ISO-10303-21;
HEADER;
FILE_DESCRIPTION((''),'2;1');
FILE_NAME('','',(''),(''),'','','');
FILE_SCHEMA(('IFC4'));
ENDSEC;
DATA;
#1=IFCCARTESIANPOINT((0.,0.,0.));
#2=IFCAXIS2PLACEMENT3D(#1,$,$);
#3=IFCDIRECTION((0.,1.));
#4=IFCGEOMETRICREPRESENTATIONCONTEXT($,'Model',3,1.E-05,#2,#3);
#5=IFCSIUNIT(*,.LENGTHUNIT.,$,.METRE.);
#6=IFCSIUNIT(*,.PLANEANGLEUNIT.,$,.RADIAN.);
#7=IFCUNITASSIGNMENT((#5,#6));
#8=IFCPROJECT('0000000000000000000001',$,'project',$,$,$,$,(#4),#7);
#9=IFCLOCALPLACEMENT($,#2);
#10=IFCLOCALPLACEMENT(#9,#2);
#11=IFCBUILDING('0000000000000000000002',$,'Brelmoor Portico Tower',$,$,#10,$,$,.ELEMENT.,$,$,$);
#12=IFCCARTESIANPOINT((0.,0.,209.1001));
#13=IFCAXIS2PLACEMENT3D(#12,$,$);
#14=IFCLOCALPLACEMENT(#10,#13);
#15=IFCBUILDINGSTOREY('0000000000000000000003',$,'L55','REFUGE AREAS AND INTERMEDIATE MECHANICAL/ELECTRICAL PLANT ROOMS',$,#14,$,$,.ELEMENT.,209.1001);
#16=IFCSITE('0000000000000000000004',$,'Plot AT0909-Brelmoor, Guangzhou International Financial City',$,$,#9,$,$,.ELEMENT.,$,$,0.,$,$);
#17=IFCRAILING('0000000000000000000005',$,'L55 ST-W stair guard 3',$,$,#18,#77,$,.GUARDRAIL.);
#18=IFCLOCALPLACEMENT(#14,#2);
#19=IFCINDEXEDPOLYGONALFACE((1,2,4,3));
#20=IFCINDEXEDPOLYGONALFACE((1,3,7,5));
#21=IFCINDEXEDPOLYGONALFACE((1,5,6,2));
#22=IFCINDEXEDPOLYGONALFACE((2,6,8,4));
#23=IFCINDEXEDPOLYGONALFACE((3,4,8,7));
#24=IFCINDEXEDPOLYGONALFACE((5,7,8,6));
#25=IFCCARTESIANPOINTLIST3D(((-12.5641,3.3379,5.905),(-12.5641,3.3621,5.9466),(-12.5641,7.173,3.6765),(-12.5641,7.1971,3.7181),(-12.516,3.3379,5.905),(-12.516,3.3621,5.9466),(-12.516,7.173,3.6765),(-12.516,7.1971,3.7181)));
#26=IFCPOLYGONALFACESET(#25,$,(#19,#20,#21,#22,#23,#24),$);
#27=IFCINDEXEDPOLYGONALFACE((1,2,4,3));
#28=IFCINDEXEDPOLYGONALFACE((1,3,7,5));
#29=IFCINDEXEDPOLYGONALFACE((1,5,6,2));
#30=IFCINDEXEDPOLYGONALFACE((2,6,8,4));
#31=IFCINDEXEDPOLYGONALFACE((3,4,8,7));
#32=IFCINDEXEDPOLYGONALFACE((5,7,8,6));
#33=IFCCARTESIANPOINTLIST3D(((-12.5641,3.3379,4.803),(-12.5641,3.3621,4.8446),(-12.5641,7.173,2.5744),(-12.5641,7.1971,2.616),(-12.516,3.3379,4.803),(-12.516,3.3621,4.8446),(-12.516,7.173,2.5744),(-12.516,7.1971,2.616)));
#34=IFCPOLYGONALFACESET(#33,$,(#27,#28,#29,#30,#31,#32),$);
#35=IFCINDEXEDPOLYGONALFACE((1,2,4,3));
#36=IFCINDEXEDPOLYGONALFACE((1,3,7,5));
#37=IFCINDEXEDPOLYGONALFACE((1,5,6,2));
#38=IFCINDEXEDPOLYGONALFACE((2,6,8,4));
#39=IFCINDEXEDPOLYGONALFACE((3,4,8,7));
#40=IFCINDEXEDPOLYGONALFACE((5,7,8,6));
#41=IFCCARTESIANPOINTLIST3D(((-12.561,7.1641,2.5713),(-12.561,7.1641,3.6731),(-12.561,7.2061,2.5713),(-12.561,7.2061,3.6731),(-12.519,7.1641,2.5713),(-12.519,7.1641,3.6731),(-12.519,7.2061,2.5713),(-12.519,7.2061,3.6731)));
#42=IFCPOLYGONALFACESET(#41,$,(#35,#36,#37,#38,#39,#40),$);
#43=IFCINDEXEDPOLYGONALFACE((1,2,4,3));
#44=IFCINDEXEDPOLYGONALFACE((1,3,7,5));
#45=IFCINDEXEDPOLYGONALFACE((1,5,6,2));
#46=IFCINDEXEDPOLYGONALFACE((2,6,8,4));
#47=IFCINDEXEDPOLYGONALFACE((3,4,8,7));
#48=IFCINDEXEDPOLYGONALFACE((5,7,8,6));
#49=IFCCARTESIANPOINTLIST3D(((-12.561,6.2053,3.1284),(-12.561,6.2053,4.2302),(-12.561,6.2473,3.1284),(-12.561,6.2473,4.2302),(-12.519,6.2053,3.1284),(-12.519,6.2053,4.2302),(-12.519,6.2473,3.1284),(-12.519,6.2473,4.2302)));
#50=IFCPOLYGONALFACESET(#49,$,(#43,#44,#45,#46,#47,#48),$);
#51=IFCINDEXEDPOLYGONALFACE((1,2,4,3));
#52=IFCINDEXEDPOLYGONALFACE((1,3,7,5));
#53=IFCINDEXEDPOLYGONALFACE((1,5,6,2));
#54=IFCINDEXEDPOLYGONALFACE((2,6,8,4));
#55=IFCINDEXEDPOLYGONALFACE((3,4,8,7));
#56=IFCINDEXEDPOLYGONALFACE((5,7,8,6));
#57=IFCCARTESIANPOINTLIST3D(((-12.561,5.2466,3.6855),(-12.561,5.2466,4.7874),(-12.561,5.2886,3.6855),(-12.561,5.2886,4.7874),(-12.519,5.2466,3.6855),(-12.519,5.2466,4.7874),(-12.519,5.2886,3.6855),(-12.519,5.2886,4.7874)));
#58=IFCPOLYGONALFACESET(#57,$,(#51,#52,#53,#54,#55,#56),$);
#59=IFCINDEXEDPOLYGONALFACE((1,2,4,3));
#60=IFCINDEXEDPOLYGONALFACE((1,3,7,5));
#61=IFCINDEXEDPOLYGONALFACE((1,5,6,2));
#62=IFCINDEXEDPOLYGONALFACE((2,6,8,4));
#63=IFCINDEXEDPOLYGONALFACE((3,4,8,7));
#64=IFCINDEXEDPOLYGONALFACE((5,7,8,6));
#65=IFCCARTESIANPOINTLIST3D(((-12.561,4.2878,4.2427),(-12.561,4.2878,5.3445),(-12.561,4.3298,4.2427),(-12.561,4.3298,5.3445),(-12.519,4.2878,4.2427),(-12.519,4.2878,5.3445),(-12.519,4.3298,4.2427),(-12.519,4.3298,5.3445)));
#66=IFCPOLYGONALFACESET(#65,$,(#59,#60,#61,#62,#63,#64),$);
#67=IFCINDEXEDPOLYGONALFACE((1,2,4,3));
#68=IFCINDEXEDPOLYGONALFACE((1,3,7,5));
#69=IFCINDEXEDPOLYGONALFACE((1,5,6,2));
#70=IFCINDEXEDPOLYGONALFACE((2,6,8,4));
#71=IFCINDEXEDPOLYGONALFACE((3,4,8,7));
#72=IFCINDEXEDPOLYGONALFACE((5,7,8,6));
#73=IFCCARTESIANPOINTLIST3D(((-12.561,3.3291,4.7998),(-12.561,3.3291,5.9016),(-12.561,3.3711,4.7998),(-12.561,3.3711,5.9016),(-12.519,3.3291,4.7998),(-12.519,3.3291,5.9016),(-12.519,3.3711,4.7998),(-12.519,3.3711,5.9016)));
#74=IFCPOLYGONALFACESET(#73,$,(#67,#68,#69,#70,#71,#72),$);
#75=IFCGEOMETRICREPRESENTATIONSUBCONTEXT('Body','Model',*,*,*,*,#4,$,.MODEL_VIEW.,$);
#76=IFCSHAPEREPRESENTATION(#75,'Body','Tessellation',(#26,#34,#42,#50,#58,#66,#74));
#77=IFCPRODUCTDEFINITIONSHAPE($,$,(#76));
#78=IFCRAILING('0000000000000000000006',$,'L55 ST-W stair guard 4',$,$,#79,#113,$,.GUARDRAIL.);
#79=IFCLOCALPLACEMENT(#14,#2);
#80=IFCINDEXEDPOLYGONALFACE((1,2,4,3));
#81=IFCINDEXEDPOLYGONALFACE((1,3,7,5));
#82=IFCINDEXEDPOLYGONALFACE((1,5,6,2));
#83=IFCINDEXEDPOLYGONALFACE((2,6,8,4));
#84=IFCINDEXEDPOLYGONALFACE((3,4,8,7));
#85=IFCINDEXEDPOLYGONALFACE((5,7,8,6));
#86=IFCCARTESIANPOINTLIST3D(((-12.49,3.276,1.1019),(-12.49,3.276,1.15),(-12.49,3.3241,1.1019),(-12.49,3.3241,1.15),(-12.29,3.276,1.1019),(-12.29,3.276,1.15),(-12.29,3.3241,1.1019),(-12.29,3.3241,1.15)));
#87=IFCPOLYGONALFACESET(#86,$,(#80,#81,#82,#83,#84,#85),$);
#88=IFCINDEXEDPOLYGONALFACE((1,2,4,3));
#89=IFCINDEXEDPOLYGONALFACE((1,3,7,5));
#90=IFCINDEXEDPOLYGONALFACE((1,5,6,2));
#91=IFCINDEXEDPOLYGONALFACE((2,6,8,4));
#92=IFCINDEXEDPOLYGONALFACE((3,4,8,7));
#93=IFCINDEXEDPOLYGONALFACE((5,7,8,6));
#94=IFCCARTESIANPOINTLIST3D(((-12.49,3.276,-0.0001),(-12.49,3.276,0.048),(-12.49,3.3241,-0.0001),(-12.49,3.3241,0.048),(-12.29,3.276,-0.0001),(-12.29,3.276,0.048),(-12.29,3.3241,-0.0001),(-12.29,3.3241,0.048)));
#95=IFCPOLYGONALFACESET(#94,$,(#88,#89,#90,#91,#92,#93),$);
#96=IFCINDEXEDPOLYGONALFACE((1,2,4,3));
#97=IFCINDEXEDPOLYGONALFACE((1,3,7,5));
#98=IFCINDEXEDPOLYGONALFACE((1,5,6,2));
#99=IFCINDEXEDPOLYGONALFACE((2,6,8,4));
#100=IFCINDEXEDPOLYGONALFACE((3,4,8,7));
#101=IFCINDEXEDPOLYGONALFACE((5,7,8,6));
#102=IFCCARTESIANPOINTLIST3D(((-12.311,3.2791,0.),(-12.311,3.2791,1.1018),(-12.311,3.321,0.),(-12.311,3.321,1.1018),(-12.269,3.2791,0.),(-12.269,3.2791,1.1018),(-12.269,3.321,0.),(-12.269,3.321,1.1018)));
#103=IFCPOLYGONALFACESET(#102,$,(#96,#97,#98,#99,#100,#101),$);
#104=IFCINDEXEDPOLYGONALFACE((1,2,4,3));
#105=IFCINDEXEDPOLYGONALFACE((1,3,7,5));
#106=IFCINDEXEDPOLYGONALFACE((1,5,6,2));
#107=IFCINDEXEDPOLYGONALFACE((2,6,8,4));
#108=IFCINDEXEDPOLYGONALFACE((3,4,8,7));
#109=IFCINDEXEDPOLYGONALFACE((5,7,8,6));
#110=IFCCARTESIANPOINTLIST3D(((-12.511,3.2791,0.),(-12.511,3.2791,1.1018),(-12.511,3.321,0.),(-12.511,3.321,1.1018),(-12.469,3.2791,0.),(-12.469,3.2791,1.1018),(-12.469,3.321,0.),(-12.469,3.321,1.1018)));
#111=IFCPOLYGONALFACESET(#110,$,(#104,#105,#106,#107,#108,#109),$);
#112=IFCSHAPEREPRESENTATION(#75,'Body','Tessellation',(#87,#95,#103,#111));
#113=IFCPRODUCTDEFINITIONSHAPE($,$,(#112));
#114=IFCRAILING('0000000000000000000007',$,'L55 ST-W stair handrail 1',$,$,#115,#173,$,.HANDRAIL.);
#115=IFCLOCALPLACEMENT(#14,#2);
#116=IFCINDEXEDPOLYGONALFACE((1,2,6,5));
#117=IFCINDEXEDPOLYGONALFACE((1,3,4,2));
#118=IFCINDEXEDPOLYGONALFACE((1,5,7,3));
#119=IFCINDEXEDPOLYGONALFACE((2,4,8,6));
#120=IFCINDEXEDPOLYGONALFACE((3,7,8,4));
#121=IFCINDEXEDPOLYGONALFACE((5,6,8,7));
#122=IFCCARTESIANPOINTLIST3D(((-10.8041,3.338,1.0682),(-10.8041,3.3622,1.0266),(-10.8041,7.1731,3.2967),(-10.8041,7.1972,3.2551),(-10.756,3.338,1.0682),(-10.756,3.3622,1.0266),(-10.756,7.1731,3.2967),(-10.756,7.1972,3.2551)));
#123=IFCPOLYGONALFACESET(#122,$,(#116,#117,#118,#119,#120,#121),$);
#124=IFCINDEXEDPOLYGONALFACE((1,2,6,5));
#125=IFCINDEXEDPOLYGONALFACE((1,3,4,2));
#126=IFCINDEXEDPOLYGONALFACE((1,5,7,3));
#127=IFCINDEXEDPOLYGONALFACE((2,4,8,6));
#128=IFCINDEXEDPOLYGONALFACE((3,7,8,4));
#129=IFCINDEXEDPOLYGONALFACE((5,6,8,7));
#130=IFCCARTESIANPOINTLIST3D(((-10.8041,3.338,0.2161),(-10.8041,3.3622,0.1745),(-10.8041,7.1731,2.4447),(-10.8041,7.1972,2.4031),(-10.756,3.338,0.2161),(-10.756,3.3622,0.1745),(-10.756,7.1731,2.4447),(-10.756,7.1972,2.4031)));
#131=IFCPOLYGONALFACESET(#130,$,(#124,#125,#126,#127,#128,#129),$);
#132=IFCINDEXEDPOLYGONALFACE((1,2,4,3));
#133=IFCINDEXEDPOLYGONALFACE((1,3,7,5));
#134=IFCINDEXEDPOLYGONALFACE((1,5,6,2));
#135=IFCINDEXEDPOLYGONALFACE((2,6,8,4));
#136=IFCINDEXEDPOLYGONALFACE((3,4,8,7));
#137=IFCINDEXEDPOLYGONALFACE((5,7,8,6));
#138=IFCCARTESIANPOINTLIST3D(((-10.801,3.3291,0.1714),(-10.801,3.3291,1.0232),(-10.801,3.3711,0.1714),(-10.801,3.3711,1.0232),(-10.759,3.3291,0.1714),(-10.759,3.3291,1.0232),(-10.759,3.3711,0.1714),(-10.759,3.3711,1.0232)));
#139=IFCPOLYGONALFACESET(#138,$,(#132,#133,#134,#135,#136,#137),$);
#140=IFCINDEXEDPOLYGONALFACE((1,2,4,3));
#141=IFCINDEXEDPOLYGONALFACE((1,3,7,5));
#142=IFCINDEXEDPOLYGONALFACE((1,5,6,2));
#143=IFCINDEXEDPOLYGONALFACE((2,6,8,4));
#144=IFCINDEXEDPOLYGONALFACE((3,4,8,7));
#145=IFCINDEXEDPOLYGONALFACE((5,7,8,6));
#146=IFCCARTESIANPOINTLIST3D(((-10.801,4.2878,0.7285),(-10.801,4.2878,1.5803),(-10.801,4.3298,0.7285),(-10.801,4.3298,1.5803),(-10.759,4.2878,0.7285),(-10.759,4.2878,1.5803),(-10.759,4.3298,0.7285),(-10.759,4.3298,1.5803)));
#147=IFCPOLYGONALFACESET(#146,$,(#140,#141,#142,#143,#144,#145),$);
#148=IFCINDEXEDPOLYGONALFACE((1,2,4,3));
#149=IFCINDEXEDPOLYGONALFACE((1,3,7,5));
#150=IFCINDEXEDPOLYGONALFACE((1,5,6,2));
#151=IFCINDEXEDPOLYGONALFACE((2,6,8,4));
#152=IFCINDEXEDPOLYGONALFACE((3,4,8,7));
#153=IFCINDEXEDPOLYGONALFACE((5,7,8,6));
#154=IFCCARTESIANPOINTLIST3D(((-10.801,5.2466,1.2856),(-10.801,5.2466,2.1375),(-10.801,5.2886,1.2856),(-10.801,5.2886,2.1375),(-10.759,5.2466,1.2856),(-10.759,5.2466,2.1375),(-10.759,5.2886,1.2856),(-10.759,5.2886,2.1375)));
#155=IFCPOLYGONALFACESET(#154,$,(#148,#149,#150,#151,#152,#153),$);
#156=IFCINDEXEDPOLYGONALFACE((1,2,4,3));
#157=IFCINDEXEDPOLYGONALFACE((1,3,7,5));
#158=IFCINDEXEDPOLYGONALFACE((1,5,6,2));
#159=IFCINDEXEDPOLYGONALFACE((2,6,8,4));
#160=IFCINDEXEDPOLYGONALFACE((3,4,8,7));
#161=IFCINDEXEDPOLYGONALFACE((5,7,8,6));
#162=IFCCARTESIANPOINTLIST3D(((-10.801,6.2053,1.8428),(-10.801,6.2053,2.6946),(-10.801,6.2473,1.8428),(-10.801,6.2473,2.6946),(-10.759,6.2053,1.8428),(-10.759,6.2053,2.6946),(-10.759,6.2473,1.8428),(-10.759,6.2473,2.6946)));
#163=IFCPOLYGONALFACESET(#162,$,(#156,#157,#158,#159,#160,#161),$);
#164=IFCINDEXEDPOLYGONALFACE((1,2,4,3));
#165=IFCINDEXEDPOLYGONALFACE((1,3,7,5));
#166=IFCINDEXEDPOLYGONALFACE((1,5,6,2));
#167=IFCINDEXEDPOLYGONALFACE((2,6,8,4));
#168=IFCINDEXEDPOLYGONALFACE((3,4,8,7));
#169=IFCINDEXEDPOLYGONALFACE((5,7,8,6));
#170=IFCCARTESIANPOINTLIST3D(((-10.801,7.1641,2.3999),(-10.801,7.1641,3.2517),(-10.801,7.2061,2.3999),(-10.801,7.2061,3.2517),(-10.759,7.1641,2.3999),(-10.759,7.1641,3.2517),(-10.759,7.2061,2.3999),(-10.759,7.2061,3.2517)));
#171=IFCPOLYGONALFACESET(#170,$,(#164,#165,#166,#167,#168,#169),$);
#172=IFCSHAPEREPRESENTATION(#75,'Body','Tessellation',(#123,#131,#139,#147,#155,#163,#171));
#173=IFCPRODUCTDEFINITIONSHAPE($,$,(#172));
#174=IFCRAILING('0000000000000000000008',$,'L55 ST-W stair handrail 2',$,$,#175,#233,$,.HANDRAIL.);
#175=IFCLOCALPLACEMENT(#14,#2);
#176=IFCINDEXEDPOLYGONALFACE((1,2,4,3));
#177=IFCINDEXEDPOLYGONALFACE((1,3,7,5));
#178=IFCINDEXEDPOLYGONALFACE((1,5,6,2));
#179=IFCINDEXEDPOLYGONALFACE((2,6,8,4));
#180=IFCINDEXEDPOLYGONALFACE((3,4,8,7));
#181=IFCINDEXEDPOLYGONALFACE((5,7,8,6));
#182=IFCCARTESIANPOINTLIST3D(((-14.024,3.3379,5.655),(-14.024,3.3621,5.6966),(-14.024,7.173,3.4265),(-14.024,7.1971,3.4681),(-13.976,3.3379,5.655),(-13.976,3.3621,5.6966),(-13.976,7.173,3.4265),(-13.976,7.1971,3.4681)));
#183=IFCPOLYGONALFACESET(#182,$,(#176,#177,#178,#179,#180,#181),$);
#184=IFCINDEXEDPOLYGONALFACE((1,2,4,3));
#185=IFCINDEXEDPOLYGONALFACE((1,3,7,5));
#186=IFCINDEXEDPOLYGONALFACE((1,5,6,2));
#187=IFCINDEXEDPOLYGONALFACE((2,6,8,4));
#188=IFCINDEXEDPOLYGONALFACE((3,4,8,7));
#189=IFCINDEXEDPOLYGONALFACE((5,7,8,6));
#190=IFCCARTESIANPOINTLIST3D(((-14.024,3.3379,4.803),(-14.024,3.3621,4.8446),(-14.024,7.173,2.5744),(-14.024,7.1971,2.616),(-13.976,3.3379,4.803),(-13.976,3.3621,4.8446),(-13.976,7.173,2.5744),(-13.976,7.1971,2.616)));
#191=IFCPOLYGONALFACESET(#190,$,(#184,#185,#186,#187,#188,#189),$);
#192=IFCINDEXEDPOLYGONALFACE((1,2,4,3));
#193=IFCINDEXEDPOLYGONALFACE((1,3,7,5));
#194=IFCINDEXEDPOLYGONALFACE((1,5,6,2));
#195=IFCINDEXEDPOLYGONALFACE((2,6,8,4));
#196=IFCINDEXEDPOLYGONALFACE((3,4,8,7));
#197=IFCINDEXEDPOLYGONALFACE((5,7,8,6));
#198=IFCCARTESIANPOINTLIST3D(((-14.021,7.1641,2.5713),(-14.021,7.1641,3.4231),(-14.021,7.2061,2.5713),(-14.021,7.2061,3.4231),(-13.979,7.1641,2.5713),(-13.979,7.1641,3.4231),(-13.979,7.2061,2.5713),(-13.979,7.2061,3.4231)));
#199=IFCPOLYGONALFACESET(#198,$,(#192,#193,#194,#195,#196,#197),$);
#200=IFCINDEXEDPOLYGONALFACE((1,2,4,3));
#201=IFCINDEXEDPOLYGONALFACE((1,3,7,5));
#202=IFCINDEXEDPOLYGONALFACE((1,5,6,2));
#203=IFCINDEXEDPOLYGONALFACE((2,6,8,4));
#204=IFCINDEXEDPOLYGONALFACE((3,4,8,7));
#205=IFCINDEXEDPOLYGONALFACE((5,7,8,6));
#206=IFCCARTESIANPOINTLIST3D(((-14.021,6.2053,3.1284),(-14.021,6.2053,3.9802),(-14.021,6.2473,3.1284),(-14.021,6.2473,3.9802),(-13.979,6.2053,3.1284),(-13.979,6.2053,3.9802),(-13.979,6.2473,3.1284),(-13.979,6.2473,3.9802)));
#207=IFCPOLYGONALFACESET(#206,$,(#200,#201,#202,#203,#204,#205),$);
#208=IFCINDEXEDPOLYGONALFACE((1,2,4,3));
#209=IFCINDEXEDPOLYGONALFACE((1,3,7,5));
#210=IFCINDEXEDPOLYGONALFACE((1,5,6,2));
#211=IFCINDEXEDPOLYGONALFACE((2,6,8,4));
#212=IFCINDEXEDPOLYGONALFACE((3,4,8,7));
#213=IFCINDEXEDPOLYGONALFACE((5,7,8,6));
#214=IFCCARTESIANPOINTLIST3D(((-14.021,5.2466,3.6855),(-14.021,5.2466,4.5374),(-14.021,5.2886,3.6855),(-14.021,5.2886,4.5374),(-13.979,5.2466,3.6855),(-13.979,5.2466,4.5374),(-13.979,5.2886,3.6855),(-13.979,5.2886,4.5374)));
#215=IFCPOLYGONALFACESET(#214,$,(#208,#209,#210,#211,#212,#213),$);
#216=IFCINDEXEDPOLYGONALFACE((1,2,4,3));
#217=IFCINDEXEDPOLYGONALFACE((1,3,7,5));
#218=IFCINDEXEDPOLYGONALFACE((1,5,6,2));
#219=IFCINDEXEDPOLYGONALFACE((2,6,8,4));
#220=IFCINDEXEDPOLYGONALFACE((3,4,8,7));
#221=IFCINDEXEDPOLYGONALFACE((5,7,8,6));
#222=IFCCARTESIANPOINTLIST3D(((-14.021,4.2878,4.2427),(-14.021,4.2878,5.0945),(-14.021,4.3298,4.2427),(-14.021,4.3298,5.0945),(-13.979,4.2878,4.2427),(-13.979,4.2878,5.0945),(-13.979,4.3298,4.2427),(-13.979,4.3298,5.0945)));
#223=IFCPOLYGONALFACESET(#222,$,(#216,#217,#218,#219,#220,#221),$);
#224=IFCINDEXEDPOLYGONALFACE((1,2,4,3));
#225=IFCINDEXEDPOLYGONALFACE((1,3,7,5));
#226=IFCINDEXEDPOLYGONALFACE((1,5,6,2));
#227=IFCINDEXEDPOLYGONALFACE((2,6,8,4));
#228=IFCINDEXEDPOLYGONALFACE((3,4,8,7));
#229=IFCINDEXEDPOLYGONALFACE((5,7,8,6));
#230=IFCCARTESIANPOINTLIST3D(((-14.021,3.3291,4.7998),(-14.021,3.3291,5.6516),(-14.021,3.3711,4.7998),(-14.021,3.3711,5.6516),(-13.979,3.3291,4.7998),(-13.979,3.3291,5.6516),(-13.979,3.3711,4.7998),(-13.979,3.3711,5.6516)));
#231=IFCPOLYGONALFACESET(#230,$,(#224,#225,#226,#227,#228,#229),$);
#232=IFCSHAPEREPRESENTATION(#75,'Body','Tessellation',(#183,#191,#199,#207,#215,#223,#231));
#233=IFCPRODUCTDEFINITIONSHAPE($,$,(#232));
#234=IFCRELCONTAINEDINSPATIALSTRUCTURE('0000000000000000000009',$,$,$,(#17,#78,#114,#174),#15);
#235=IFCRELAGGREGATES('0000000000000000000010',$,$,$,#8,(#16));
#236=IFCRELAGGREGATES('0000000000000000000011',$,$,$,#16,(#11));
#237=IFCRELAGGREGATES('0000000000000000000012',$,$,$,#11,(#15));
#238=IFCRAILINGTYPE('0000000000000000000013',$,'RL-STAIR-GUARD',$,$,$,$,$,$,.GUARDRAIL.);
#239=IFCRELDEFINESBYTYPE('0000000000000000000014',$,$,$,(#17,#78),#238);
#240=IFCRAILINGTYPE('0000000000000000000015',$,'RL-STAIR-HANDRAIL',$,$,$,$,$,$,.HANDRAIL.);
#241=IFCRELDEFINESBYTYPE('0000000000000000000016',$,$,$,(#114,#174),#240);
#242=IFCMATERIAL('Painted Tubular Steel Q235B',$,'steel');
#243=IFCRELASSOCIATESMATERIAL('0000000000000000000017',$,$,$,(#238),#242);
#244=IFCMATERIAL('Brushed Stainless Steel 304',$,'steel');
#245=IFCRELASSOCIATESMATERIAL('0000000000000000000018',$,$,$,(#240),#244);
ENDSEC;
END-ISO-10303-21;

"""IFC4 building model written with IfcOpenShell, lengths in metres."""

from ifc_helpers import new_model, si_unit, direction, frame, origin, origin_2d, place, context, subcontext, project, spatial, rectangle, extrude, material, type_object, element, save


model = new_model("IFC4")

# Units and contexts
model_context = context("Model", 3, precision=1e-05, world=origin(), true_north=direction((0.0, 1.0)))
body_context = subcontext(model_context, "Body", "Model", "MODEL_VIEW")
ifc_project = project(units=[si_unit("LENGTHUNIT", "METRE"), si_unit("PLANEANGLEUNIT", "RADIAN")], contexts=[model_context])

# Site, building, storey
site_placement = place(None, origin())
site = spatial("IfcSite", under=ifc_project, at=site_placement, Name="Plot AT0909-Brelmoor, Guangzhou International Financial City", CompositionType="ELEMENT", RefElevation=0.0)
building_placement = place(site_placement, origin())
building = spatial("IfcBuilding", under=site, at=building_placement, Name="Brelmoor Portico Tower", CompositionType="ELEMENT")
storey_placement = place(building_placement, frame((0.0, 0.0, 209.1001)))
storey = spatial("IfcBuildingStorey", under=building, at=storey_placement, Name="L55", Description="REFUGE AREAS AND INTERMEDIATE MECHANICAL/ELECTRICAL PLANT ROOMS", CompositionType="ELEMENT", Elevation=209.1001)

# Railings
ifc_material_1 = material(Name="Painted Tubular Steel Q235B", Category="steel")
railing_type_1 = type_object("IfcRailingType", Name="RL-STAIR-GUARD", PredefinedType="GUARDRAIL", material=ifc_material_1)
railing_1_placement = place(storey_placement, frame((-12.54, 7.1851, 2.5713)))
element("IfcRailing", 1, at=railing_1_placement, inside=storey, type_object=railing_type_1, Name="L55 ST-W stair guard 3", PredefinedType="GUARDRAIL", context=body_context, shape_type="SweptSolid", body=[
    extrude(rectangle(XDim=0.0481, YDim=0.0481, at=origin_2d()), frame((0.0, 0.0, 1.126), z_axis=(0.0, -0.864616, 0.502433), x_axis=(1.0, 0.0, 0.0)), (0.0, 0.0, 1.0), 4.4355),
    extrude(rectangle(XDim=0.0481, YDim=0.0481, at=origin_2d()), frame((0.0, 0.0, 0.0239), z_axis=(0.0, -0.864616, 0.502433), x_axis=(1.0, 0.0, 0.0)), (0.0, 0.0, 1.0), 4.4355),
    extrude(rectangle(XDim=0.042, YDim=0.042, at=origin_2d()), origin(), (0.0, 0.0, 1.0), 1.1018),
    extrude(rectangle(XDim=0.042, YDim=0.042, at=origin_2d()), frame((0.0, -0.9587, 0.5571)), (0.0, 0.0, 1.0), 1.1018),
    extrude(rectangle(XDim=0.042, YDim=0.042, at=origin_2d()), frame((0.0, -1.9175, 1.1143)), (0.0, 0.0, 1.0), 1.1018),
    extrude(rectangle(XDim=0.042, YDim=0.042, at=origin_2d()), frame((0.0, -2.8762, 1.6714)), (0.0, 0.0, 1.0), 1.1018),
    extrude(rectangle(XDim=0.042, YDim=0.042, at=origin_2d()), frame((0.0, -3.835, 2.2285)), (0.0, 0.0, 1.0), 1.1018),
])
railing_2_placement = place(storey_placement, frame((-12.29, 3.3, 0.0)))
element("IfcRailing", 2, at=railing_2_placement, inside=storey, type_object=railing_type_1, Name="L55 ST-W stair guard 4", PredefinedType="GUARDRAIL", context=body_context, shape_type="SweptSolid", body=[
    extrude(rectangle(XDim=0.0481, YDim=0.0481, at=origin_2d()), frame((0.0, 0.0, 1.126), z_axis=(-1.0, 0.0, 0.0), x_axis=(0.0, -1.0, 0.0)), (0.0, 0.0, 1.0), 0.2),
    extrude(rectangle(XDim=0.0481, YDim=0.0481, at=origin_2d()), frame((0.0, 0.0, 0.0239), z_axis=(-1.0, 0.0, 0.0), x_axis=(0.0, -1.0, 0.0)), (0.0, 0.0, 1.0), 0.2),
    extrude(rectangle(XDim=0.042, YDim=0.042, at=origin_2d()), origin(), (0.0, 0.0, 1.0), 1.1018),
    extrude(rectangle(XDim=0.042, YDim=0.042, at=origin_2d()), frame((-0.2, 0.0, 0.0)), (0.0, 0.0, 1.0), 1.1018),
])
ifc_material_2 = material(Name="Brushed Stainless Steel 304", Category="steel")
railing_type_2 = type_object("IfcRailingType", Name="RL-STAIR-HANDRAIL", PredefinedType="HANDRAIL", material=ifc_material_2)
railing_3_placement = place(storey_placement, frame((-10.78, 3.3501, 0.1714)))
element("IfcRailing", 3, at=railing_3_placement, inside=storey, type_object=railing_type_2, Name="L55 ST-W stair handrail 1", PredefinedType="HANDRAIL", context=body_context, shape_type="SweptSolid", body=[
    extrude(rectangle(XDim=0.0481, YDim=0.0481, at=origin_2d()), frame((0.0, 0.0, 0.876), z_axis=(0.0, 0.864616, 0.502433), x_axis=(-1.0, 0.0, 0.0)), (0.0, 0.0, 1.0), 4.4355),
    extrude(rectangle(XDim=0.0481, YDim=0.0481, at=origin_2d()), frame((0.0, 0.0, 0.0239), z_axis=(0.0, 0.864616, 0.502433), x_axis=(-1.0, 0.0, 0.0)), (0.0, 0.0, 1.0), 4.4355),
    extrude(rectangle(XDim=0.042, YDim=0.042, at=origin_2d()), origin(), (0.0, 0.0, 1.0), 0.8518),
    extrude(rectangle(XDim=0.042, YDim=0.042, at=origin_2d()), frame((0.0, 0.9587, 0.5571)), (0.0, 0.0, 1.0), 0.8518),
    extrude(rectangle(XDim=0.042, YDim=0.042, at=origin_2d()), frame((0.0, 1.9175, 1.1143)), (0.0, 0.0, 1.0), 0.8518),
    extrude(rectangle(XDim=0.042, YDim=0.042, at=origin_2d()), frame((0.0, 2.8762, 1.6714)), (0.0, 0.0, 1.0), 0.8518),
    extrude(rectangle(XDim=0.042, YDim=0.042, at=origin_2d()), frame((0.0, 3.835, 2.2285)), (0.0, 0.0, 1.0), 0.8518),
])
railing_4_placement = place(storey_placement, frame((-14.0, 7.1851, 2.5713)))
element("IfcRailing", 4, at=railing_4_placement, inside=storey, type_object=railing_type_2, Name="L55 ST-W stair handrail 2", PredefinedType="HANDRAIL", context=body_context, shape_type="SweptSolid", body=[
    extrude(rectangle(XDim=0.0481, YDim=0.0481, at=origin_2d()), frame((0.0, 0.0, 0.876), z_axis=(0.0, -0.864616, 0.502433), x_axis=(1.0, 0.0, 0.0)), (0.0, 0.0, 1.0), 4.4355),
    extrude(rectangle(XDim=0.0481, YDim=0.0481, at=origin_2d()), frame((0.0, 0.0, 0.0239), z_axis=(0.0, -0.864616, 0.502433), x_axis=(1.0, 0.0, 0.0)), (0.0, 0.0, 1.0), 4.4355),
    extrude(rectangle(XDim=0.042, YDim=0.042, at=origin_2d()), origin(), (0.0, 0.0, 1.0), 0.8518),
    extrude(rectangle(XDim=0.042, YDim=0.042, at=origin_2d()), frame((0.0, -0.9587, 0.5571)), (0.0, 0.0, 1.0), 0.8518),
    extrude(rectangle(XDim=0.042, YDim=0.042, at=origin_2d()), frame((0.0, -1.9175, 1.1143)), (0.0, 0.0, 1.0), 0.8518),
    extrude(rectangle(XDim=0.042, YDim=0.042, at=origin_2d()), frame((0.0, -2.8762, 1.6714)), (0.0, 0.0, 1.0), 0.8518),
    extrude(rectangle(XDim=0.042, YDim=0.042, at=origin_2d()), frame((0.0, -3.835, 2.2285)), (0.0, 0.0, 1.0), 0.8518),
])

save(model, "model.ifc")
